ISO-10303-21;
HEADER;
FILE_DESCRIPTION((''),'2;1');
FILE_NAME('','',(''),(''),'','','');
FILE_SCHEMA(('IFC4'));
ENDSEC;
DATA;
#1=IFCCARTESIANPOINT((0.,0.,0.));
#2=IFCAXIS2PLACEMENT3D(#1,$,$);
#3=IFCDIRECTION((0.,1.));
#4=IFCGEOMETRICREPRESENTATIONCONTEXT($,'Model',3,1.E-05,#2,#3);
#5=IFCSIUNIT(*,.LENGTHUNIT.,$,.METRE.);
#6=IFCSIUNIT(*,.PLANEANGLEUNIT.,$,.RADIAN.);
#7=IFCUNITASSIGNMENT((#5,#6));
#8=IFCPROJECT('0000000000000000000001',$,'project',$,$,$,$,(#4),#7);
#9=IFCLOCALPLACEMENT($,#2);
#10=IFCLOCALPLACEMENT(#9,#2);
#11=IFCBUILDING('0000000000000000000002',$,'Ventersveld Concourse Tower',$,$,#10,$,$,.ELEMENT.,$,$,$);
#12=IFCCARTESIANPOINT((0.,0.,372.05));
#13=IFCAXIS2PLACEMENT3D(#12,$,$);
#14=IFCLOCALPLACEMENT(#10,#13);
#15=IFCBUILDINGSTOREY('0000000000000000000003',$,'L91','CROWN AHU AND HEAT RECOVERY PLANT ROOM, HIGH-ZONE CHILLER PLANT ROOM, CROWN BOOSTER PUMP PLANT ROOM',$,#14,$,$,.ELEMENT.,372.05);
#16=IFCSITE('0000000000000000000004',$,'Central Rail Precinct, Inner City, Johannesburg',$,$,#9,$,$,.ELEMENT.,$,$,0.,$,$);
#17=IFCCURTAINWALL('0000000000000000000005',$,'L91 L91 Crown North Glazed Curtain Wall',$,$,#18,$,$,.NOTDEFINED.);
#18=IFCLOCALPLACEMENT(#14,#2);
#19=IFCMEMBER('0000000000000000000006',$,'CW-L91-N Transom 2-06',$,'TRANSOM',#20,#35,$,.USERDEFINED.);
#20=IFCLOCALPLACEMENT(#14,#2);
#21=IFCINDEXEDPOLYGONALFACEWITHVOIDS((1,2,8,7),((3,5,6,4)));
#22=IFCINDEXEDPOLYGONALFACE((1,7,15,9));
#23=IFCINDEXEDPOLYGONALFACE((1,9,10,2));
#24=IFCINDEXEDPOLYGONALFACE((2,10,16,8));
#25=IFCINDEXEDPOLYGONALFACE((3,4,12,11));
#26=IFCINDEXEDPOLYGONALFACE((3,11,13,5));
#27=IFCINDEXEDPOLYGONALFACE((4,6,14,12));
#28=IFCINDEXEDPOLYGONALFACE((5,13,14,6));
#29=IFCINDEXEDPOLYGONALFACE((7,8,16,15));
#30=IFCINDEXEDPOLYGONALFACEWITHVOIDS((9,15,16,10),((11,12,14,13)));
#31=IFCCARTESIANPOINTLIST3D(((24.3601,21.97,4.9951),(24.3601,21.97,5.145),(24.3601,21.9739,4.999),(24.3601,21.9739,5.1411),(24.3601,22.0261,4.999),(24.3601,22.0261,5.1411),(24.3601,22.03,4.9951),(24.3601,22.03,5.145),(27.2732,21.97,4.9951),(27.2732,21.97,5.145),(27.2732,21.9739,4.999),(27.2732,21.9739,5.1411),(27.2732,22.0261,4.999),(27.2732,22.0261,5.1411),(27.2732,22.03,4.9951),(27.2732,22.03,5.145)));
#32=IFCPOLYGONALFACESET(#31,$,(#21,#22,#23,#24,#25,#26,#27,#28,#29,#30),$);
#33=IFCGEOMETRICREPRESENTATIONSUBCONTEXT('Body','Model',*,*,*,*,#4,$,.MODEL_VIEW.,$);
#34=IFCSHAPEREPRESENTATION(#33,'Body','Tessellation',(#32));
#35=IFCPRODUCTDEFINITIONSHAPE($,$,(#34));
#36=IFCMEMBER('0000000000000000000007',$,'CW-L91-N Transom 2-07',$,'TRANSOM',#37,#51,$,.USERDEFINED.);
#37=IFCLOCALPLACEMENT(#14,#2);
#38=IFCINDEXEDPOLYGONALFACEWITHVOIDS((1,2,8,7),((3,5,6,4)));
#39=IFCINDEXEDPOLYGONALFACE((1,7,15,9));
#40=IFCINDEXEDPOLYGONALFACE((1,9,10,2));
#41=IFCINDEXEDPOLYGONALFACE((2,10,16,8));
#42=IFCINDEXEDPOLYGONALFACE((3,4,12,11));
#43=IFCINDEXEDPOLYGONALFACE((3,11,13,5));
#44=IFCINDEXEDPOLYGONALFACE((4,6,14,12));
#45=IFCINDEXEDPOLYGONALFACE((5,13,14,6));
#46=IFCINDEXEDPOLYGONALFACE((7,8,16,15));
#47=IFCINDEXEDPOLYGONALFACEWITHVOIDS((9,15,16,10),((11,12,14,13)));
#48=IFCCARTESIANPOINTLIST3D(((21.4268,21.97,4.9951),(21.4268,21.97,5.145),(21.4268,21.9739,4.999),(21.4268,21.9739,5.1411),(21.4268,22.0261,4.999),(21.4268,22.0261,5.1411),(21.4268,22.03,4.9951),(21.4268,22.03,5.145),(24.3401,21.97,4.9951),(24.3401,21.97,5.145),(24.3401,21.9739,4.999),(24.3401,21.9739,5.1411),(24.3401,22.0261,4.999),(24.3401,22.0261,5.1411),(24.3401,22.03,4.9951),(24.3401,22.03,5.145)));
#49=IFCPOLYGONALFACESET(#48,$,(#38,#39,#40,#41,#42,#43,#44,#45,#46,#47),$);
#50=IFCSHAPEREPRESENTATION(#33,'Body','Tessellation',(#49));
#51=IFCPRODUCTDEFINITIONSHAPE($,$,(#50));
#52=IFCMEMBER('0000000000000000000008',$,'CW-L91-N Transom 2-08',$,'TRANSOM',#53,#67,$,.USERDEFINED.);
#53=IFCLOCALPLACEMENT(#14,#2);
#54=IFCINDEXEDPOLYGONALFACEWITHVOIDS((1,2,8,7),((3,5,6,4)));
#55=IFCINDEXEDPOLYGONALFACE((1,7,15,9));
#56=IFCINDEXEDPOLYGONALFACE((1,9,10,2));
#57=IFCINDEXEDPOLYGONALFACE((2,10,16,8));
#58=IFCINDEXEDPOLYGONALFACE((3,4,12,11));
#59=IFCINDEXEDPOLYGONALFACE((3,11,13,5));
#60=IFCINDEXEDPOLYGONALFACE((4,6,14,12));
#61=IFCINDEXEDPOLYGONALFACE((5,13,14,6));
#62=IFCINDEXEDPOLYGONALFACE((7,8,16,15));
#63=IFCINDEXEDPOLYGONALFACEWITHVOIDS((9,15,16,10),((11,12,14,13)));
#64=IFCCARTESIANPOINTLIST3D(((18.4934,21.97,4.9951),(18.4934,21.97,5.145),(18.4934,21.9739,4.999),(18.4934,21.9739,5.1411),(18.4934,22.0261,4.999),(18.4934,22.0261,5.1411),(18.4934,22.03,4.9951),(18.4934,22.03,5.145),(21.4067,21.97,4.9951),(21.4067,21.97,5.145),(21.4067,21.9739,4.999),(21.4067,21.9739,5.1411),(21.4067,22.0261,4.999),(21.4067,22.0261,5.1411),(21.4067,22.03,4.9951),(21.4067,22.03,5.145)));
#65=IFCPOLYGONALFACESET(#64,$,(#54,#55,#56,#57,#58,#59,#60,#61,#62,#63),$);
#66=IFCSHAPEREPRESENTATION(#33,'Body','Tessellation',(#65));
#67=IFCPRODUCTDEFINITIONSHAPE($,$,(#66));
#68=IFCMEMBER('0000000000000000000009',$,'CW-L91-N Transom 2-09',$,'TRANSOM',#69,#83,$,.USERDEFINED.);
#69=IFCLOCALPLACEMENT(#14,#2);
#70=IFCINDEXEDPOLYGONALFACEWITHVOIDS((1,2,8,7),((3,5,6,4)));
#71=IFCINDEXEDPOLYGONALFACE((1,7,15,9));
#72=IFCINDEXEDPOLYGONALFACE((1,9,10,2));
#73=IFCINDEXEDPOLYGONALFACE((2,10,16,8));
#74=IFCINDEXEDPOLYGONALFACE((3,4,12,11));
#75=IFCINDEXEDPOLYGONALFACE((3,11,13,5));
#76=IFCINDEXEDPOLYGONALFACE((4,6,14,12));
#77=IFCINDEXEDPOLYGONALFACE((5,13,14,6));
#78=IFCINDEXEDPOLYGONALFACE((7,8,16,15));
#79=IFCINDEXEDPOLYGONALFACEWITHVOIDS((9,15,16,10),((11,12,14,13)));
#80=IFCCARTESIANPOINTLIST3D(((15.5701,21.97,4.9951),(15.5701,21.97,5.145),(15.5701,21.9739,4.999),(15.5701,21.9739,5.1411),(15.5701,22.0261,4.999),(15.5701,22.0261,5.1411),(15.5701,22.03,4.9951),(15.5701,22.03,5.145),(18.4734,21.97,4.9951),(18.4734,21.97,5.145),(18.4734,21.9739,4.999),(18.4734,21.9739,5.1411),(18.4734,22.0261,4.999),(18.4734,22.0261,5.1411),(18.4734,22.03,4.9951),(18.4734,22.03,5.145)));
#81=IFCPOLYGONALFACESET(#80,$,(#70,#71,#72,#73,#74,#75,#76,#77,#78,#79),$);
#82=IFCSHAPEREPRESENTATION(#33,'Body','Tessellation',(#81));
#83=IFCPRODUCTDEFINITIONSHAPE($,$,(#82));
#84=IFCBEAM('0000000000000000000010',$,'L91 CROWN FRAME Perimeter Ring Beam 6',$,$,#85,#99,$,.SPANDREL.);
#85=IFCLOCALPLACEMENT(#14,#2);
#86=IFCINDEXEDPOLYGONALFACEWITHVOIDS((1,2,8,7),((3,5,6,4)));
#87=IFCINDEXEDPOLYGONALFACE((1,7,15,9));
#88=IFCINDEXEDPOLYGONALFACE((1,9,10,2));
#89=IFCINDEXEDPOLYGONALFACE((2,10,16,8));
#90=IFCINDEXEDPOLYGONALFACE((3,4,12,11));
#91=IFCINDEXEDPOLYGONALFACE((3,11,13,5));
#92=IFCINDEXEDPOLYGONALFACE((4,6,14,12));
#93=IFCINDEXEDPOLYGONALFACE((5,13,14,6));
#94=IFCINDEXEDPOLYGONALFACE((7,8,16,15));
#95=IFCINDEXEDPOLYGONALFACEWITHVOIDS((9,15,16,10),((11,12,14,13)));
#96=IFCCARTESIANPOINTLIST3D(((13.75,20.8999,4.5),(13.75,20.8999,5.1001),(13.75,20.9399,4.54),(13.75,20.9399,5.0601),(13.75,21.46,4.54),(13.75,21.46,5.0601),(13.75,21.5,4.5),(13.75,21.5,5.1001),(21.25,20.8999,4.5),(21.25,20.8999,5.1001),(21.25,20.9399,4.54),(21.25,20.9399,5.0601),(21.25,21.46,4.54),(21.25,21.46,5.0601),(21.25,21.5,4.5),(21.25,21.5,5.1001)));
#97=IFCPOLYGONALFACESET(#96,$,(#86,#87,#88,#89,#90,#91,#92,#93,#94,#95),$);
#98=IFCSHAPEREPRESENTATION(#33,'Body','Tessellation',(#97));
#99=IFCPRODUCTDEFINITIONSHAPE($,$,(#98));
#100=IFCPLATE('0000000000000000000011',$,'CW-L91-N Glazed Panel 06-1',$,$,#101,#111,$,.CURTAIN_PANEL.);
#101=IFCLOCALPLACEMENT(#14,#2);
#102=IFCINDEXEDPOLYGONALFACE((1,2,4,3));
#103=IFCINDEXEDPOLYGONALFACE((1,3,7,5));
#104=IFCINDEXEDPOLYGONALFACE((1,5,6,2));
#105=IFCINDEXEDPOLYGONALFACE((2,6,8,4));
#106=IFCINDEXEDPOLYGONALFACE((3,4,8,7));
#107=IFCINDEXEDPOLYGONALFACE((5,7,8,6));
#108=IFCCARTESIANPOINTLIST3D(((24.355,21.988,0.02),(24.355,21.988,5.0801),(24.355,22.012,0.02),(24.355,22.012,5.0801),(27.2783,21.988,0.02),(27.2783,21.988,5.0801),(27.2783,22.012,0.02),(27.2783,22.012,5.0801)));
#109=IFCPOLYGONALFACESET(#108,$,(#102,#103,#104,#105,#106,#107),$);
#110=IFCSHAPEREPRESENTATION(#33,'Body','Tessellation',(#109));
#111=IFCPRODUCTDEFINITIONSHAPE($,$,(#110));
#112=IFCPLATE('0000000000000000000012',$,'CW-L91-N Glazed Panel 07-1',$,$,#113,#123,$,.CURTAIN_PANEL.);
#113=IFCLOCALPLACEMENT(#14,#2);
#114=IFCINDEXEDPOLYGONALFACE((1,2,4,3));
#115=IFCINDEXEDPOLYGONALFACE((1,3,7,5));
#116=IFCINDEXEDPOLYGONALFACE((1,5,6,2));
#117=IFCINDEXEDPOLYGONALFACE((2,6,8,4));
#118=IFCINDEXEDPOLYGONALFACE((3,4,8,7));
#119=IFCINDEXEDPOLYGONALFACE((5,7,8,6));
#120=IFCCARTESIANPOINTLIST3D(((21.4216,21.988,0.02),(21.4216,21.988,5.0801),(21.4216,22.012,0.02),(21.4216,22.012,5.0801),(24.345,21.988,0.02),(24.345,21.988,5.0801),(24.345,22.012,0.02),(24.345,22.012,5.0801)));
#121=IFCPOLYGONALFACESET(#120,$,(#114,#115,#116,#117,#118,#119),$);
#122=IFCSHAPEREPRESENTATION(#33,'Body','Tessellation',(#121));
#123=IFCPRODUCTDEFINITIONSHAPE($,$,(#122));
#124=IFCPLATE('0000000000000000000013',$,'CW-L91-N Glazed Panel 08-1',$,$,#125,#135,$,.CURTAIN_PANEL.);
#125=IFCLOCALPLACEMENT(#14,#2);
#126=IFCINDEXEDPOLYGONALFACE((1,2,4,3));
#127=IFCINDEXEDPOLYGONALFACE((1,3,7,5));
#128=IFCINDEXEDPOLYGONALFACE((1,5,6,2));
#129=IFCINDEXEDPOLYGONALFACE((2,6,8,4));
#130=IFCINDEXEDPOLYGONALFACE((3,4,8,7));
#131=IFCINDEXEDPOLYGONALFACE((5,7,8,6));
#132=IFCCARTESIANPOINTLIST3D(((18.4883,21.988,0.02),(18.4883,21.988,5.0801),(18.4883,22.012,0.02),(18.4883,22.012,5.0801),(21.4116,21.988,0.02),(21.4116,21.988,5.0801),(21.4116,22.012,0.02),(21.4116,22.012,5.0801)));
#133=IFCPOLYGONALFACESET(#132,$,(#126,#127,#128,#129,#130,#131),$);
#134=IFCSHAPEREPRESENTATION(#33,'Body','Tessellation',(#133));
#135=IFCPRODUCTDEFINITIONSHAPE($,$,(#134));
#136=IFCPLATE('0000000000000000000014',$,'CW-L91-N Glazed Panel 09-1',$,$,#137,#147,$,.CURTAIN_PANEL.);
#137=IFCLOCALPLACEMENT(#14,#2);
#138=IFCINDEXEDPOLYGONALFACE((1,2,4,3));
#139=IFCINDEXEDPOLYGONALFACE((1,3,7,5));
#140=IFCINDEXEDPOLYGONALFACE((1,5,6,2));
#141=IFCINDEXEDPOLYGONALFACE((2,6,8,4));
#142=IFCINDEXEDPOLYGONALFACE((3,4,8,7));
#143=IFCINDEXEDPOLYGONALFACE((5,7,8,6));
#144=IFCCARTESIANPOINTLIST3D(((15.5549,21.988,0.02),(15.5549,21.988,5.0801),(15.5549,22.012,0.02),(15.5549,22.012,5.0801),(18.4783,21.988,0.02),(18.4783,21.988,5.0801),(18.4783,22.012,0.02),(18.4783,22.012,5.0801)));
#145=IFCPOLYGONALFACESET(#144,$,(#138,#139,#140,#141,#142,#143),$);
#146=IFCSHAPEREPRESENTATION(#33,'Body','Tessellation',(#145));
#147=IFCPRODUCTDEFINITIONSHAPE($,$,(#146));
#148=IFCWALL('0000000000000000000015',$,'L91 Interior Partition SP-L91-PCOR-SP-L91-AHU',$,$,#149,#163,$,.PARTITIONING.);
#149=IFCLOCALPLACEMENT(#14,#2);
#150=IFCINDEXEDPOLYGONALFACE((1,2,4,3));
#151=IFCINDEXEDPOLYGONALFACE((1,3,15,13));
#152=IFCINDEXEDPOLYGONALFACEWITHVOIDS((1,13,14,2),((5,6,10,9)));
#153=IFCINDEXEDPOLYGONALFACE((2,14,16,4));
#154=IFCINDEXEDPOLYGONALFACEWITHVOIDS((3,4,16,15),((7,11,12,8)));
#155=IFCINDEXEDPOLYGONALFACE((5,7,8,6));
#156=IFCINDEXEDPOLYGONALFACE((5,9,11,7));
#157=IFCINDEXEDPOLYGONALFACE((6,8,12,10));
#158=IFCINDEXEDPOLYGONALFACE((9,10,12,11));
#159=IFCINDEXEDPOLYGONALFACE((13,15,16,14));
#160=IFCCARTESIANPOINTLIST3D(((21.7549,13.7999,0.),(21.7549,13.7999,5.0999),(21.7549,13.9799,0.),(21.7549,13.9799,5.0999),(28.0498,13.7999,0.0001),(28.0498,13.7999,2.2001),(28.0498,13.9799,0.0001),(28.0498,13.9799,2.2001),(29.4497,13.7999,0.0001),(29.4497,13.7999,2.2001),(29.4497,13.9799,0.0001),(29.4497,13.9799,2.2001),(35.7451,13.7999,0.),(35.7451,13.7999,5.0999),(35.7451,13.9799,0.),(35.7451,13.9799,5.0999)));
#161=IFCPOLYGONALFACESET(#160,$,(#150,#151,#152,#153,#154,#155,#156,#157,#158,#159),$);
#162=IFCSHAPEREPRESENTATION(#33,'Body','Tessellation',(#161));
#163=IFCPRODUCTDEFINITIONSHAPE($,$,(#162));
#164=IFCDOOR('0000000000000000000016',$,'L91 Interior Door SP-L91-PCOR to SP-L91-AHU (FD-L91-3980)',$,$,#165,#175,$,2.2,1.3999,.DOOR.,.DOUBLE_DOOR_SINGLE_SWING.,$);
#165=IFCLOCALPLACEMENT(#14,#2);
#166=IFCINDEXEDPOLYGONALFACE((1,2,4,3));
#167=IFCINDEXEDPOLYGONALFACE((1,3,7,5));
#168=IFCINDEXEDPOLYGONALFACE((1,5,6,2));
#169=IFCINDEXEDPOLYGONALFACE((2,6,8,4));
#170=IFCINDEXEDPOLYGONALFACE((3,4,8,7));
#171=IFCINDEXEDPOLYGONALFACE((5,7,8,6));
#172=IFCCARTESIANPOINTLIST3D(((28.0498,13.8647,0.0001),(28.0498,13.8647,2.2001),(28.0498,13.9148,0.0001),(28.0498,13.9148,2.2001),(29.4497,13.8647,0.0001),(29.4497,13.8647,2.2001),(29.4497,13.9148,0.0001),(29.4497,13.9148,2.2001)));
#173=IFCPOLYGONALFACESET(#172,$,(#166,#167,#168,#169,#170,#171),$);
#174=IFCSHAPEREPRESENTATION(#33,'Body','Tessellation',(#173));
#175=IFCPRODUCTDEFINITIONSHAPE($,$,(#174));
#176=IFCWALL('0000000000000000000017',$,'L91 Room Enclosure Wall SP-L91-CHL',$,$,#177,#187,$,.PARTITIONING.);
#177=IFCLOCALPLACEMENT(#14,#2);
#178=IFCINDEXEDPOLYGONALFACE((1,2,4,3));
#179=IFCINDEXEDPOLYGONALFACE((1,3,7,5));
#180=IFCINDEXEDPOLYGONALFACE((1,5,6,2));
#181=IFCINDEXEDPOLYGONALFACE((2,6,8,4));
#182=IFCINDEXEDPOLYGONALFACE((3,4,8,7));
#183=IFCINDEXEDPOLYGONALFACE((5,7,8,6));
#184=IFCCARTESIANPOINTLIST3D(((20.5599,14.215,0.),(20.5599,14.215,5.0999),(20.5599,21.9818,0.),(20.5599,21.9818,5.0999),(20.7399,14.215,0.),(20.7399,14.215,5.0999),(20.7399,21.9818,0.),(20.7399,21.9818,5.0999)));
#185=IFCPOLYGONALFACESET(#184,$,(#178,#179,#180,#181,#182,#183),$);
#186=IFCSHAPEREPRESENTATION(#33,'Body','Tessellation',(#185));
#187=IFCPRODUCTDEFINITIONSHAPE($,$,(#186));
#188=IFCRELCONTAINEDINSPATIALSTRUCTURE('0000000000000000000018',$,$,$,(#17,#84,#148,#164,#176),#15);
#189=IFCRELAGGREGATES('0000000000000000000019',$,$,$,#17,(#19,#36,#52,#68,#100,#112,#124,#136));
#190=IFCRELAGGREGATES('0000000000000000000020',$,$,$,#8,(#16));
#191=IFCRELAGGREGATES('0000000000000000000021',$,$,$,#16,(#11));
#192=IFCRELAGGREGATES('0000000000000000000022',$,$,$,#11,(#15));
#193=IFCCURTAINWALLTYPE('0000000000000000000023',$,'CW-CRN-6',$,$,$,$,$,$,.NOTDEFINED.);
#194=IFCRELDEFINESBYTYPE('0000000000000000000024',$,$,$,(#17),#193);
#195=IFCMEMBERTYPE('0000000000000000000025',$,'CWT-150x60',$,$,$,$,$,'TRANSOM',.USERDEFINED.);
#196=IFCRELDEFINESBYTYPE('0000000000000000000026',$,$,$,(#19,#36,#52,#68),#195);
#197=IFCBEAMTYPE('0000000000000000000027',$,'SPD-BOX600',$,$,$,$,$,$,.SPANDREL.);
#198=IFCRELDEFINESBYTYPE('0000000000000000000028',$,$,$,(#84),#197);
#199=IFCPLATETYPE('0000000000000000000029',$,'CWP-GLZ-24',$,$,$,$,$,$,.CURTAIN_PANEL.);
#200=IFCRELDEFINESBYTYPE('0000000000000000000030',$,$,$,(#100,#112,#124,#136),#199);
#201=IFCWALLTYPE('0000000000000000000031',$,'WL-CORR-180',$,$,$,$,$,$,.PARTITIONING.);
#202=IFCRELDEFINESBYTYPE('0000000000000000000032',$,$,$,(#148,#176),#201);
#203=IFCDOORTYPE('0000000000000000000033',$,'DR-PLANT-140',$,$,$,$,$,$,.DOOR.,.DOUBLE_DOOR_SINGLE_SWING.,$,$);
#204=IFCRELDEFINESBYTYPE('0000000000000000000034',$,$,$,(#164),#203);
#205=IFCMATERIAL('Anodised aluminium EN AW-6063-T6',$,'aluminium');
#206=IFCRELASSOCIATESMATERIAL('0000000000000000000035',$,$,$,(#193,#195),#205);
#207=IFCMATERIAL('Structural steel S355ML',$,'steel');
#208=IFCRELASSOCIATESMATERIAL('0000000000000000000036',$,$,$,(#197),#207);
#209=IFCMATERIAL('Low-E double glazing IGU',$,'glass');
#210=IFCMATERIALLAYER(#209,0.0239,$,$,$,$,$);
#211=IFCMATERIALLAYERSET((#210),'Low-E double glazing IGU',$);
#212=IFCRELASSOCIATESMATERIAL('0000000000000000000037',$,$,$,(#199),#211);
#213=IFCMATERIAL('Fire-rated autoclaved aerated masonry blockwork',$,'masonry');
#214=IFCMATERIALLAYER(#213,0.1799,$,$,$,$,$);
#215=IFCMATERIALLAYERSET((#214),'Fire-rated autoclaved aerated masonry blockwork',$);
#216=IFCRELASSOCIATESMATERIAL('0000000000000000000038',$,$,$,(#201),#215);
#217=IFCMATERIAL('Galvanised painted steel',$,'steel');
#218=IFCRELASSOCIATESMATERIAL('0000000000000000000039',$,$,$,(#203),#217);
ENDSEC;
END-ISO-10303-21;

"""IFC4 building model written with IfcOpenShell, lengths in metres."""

from ifc_helpers import new_model, si_unit, direction, frame, frame_2d, origin, origin_2d, place, context, subcontext, project, spatial, rectangle, hollow_rectangle, extrude, material, layer, layer_set, material_profile, profile_set, type_object, element, fill, aggregate, save


model = new_model("IFC4")

# Units and contexts
model_context = context("Model", 3, precision=1e-05, world=origin(), true_north=direction((0.0, 1.0)))
body_context = subcontext(model_context, "Body", "Model", "MODEL_VIEW")
ifc_project = project(units=[si_unit("LENGTHUNIT", "METRE"), si_unit("PLANEANGLEUNIT", "RADIAN")], contexts=[model_context])

# Site, building, storey
site_placement = place(None, origin())
site = spatial("IfcSite", under=ifc_project, at=site_placement, Name="Central Rail Precinct, Inner City, Johannesburg", CompositionType="ELEMENT", RefElevation=0.0)
building_placement = place(site_placement, origin())
building = spatial("IfcBuilding", under=site, at=building_placement, Name="Ventersveld Concourse Tower", CompositionType="ELEMENT")
storey_placement = place(building_placement, frame((0.0, 0.0, 372.05)))
storey = spatial("IfcBuildingStorey", under=building, at=storey_placement, Name="L91", Description="CROWN AHU AND HEAT RECOVERY PLANT ROOM, HIGH-ZONE CHILLER PLANT ROOM, CROWN BOOSTER PUMP PLANT ROOM", CompositionType="ELEMENT", Elevation=372.05)

# Shared definitions
ifc_material_1 = material(Name="Structural steel S355ML", Category="steel")

# Curtain wall, members
ifc_material_2 = material(Name="Anodised aluminium EN AW-6063-T6", Category="aluminium")
curtain_wall_type = type_object("IfcCurtainWallType", Name="CW-CRN-6", PredefinedType="NOTDEFINED", material=ifc_material_2)
curtain_wall_placement = place(storey_placement, origin())
curtain_wall = element("IfcCurtainWall", 1, at=curtain_wall_placement, inside=storey, type_object=curtain_wall_type, Name="L91 L91 Crown North Glazed Curtain Wall", PredefinedType="NOTDEFINED")
ifc_material_profile_1 = material_profile(ifc_material_2, hollow_rectangle(XDim=0.0601, YDim=0.1499, WallThickness=0.0039, at=origin_2d()), Name="ALU 150x60x4")
ifc_profile_set_1 = profile_set([ifc_material_profile_1], Name="Anodised aluminium EN AW-6063-T6")
member_type_1 = type_object("IfcMemberType", Name="CWT-150x60", ElementType="TRANSOM", PredefinedType="USERDEFINED", material=ifc_profile_set_1)
member_1_placement = place(storey_placement, frame((27.2732, 22.0, 5.0701), z_axis=(-1.0, 0.0, 0.0), x_axis=(0.0, -1.0, 0.0)))
member_1 = element("IfcMember", 2, at=member_1_placement, type_object=member_type_1, Name="CW-L91-N Transom 2-06", ObjectType="TRANSOM", PredefinedType="USERDEFINED", context=body_context, shape_type="SweptSolid", body=[
    extrude(hollow_rectangle(XDim=0.0601, YDim=0.1499, WallThickness=0.0039, at=origin_2d()), origin(), (0.0, 0.0, 1.0), 2.9131),
])
member_2_placement = place(storey_placement, frame((24.3401, 22.0, 5.0701), z_axis=(-1.0, 0.0, 0.0), x_axis=(0.0, -1.0, 0.0)))
member_2 = element("IfcMember", 3, at=member_2_placement, type_object=member_type_1, Name="CW-L91-N Transom 2-07", ObjectType="TRANSOM", PredefinedType="USERDEFINED", context=body_context, shape_type="SweptSolid", body=[
    extrude(hollow_rectangle(XDim=0.0601, YDim=0.1499, WallThickness=0.0039, at=origin_2d()), origin(), (0.0, 0.0, 1.0), 2.9133),
])
member_3_placement = place(storey_placement, frame((21.4067, 22.0, 5.0701), z_axis=(-1.0, 0.0, 0.0), x_axis=(0.0, -1.0, 0.0)))
member_3 = element("IfcMember", 4, at=member_3_placement, type_object=member_type_1, Name="CW-L91-N Transom 2-08", ObjectType="TRANSOM", PredefinedType="USERDEFINED", context=body_context, shape_type="SweptSolid", body=[
    extrude(hollow_rectangle(XDim=0.0601, YDim=0.1499, WallThickness=0.0039, at=origin_2d()), origin(), (0.0, 0.0, 1.0), 2.9133),
])
member_4_placement = place(storey_placement, frame((18.4734, 22.0, 5.0701), z_axis=(-1.0, 0.0, 0.0), x_axis=(0.0, -1.0, 0.0)))
member_4 = element("IfcMember", 5, at=member_4_placement, type_object=member_type_1, Name="CW-L91-N Transom 2-09", ObjectType="TRANSOM", PredefinedType="USERDEFINED", context=body_context, shape_type="SweptSolid", body=[
    extrude(hollow_rectangle(XDim=0.0601, YDim=0.1499, WallThickness=0.0039, at=origin_2d()), origin(), (0.0, 0.0, 1.0), 2.9033),
])

# Beam
ifc_material_profile_2 = material_profile(ifc_material_1, hollow_rectangle(XDim=0.6001, YDim=0.6001, WallThickness=0.04, at=origin_2d()), Name="BOX 600x600x40")
ifc_profile_set_2 = profile_set([ifc_material_profile_2], Name="Structural steel S355ML")
beam_type = type_object("IfcBeamType", Name="SPD-BOX600", PredefinedType="SPANDREL", material=ifc_profile_set_2)
beam_placement = place(storey_placement, frame((21.25, 21.2, 4.8), z_axis=(-1.0, 0.0, 0.0), x_axis=(0.0, -1.0, 0.0)))
element("IfcBeam", 6, at=beam_placement, inside=storey, type_object=beam_type, Name="L91 CROWN FRAME Perimeter Ring Beam 6", PredefinedType="SPANDREL", context=body_context, shape_type="SweptSolid", body=[
    extrude(hollow_rectangle(XDim=0.6001, YDim=0.6001, WallThickness=0.04, at=origin_2d()), origin(), (0.0, 0.0, 1.0), 7.5),
])

# Plates
ifc_material_3 = material(Name="Low-E double glazing IGU", Category="glass")
ifc_layer_1 = layer(ifc_material_3, 0.0239)
ifc_layer_set_1 = layer_set([ifc_layer_1], Name="Low-E double glazing IGU")
plate_type = type_object("IfcPlateType", Name="CWP-GLZ-24", PredefinedType="CURTAIN_PANEL", material=ifc_layer_set_1)
plate_1_placement = place(storey_placement, frame((25.8167, 22.0, 0.02), z_axis=(0.0, 0.0, 1.0), x_axis=(-1.0, 0.0, 0.0)))
plate_1 = element("IfcPlate", 7, at=plate_1_placement, type_object=plate_type, Name="CW-L91-N Glazed Panel 06-1", PredefinedType="CURTAIN_PANEL", context=body_context, shape_type="SweptSolid", body=[
    extrude(rectangle(XDim=2.9233, YDim=0.0239, at=origin_2d()), origin(), (0.0, 0.0, 1.0), 5.0601),
])
plate_2_placement = place(storey_placement, frame((22.8833, 22.0, 0.02), z_axis=(0.0, 0.0, 1.0), x_axis=(-1.0, 0.0, 0.0)))
plate_2 = element("IfcPlate", 8, at=plate_2_placement, type_object=plate_type, Name="CW-L91-N Glazed Panel 07-1", PredefinedType="CURTAIN_PANEL", context=body_context, shape_type="SweptSolid", body=[
    extrude(rectangle(XDim=2.9233, YDim=0.0239, at=origin_2d()), origin(), (0.0, 0.0, 1.0), 5.0601),
])
plate_3_placement = place(storey_placement, frame((19.95, 22.0, 0.02), z_axis=(0.0, 0.0, 1.0), x_axis=(-1.0, 0.0, 0.0)))
plate_3 = element("IfcPlate", 9, at=plate_3_placement, type_object=plate_type, Name="CW-L91-N Glazed Panel 08-1", PredefinedType="CURTAIN_PANEL", context=body_context, shape_type="SweptSolid", body=[
    extrude(rectangle(XDim=2.9233, YDim=0.0239, at=origin_2d()), origin(), (0.0, 0.0, 1.0), 5.0601),
])
plate_4_placement = place(storey_placement, frame((17.0166, 22.0, 0.02), z_axis=(0.0, 0.0, 1.0), x_axis=(-1.0, 0.0, 0.0)))
plate_4 = element("IfcPlate", 10, at=plate_4_placement, type_object=plate_type, Name="CW-L91-N Glazed Panel 09-1", PredefinedType="CURTAIN_PANEL", context=body_context, shape_type="SweptSolid", body=[
    extrude(rectangle(XDim=2.9233, YDim=0.0239, at=origin_2d()), origin(), (0.0, 0.0, 1.0), 5.0601),
])
aggregate(curtain_wall, [member_1, member_2, member_3, member_4, plate_1, plate_2, plate_3, plate_4])

# Wall, opening, door
ifc_material_4 = material(Name="Fire-rated autoclaved aerated masonry blockwork", Category="masonry")
ifc_layer_2 = layer(ifc_material_4, 0.1799)
ifc_layer_set_2 = layer_set([ifc_layer_2], Name="Fire-rated autoclaved aerated masonry blockwork")
wall_type_1 = type_object("IfcWallType", Name="WL-CORR-180", PredefinedType="PARTITIONING", material=ifc_layer_set_2)
wall_1_placement = place(storey_placement, frame((21.7549, 13.8899, 0.0), z_axis=(0.0, 0.0, 1.0), x_axis=(1.0, 0.0, 0.0)))
wall_1 = element("IfcWall", 11, at=wall_1_placement, inside=storey, type_object=wall_type_1, Name="L91 Interior Partition SP-L91-PCOR-SP-L91-AHU", PredefinedType="PARTITIONING", context=body_context, shape_type="SweptSolid", body=[
    extrude(rectangle(XDim=13.9902, YDim=0.1799, at=frame_2d((6.9951, 0.0))), origin(), (0.0, 0.0, 1.0), 5.0999),
])
opening_1_placement = place(wall_1_placement, frame((6.2949, 0.0, 0.0)))
opening_1 = element("IfcOpeningElement", 12, at=opening_1_placement, cuts=wall_1, PredefinedType="OPENING", context=body_context, shape_type="SweptSolid", body=[
    extrude(rectangle(XDim=1.3999, YDim=2.2, at=frame_2d((0.7, 1.1001))), frame((0.0, 0.1001, 0.0), z_axis=(0.0, -1.0, 0.0), x_axis=(1.0, 0.0, 0.0)), (0.0, 0.0, 1.0), 0.2),
])
ifc_material_5 = material(Name="Galvanised painted steel", Category="steel")
door_type = type_object("IfcDoorType", Name="DR-PLANT-140", OperationType="DOUBLE_DOOR_SINGLE_SWING", PredefinedType="DOOR", material=ifc_material_5)
door_1_placement = place(opening_1_placement, origin())
door_1 = element("IfcDoor", 13, at=door_1_placement, inside=storey, type_object=door_type, Name="L91 Interior Door SP-L91-PCOR to SP-L91-AHU (FD-L91-3980)", OperationType="DOUBLE_DOOR_SINGLE_SWING", OverallHeight=2.2, OverallWidth=1.3999, PredefinedType="DOOR", context=body_context, shape_type="SweptSolid", body=[
    extrude(rectangle(XDim=1.3999, YDim=2.2, at=frame_2d((0.7, 1.1001))), frame((0.0, 0.0249, 0.0), z_axis=(0.0, -1.0, 0.0), x_axis=(1.0, 0.0, 0.0)), (0.0, 0.0, 1.0), 0.05),
])
fill(opening_1, door_1)

# Wall
wall_2_placement = place(storey_placement, frame((20.6499, 14.2151, 0.0), z_axis=(0.0, 0.0, 1.0), x_axis=(0.0, 1.0, 0.0)))
element("IfcWall", 14, at=wall_2_placement, inside=storey, type_object=wall_type_1, Name="L91 Room Enclosure Wall SP-L91-CHL", PredefinedType="PARTITIONING", context=body_context, shape_type="SweptSolid", body=[
    extrude(rectangle(XDim=7.7668, YDim=0.1799, at=frame_2d((3.8833, 0.0))), origin(), (0.0, 0.0, 1.0), 5.0999),
])

save(model, "model.ifc")
